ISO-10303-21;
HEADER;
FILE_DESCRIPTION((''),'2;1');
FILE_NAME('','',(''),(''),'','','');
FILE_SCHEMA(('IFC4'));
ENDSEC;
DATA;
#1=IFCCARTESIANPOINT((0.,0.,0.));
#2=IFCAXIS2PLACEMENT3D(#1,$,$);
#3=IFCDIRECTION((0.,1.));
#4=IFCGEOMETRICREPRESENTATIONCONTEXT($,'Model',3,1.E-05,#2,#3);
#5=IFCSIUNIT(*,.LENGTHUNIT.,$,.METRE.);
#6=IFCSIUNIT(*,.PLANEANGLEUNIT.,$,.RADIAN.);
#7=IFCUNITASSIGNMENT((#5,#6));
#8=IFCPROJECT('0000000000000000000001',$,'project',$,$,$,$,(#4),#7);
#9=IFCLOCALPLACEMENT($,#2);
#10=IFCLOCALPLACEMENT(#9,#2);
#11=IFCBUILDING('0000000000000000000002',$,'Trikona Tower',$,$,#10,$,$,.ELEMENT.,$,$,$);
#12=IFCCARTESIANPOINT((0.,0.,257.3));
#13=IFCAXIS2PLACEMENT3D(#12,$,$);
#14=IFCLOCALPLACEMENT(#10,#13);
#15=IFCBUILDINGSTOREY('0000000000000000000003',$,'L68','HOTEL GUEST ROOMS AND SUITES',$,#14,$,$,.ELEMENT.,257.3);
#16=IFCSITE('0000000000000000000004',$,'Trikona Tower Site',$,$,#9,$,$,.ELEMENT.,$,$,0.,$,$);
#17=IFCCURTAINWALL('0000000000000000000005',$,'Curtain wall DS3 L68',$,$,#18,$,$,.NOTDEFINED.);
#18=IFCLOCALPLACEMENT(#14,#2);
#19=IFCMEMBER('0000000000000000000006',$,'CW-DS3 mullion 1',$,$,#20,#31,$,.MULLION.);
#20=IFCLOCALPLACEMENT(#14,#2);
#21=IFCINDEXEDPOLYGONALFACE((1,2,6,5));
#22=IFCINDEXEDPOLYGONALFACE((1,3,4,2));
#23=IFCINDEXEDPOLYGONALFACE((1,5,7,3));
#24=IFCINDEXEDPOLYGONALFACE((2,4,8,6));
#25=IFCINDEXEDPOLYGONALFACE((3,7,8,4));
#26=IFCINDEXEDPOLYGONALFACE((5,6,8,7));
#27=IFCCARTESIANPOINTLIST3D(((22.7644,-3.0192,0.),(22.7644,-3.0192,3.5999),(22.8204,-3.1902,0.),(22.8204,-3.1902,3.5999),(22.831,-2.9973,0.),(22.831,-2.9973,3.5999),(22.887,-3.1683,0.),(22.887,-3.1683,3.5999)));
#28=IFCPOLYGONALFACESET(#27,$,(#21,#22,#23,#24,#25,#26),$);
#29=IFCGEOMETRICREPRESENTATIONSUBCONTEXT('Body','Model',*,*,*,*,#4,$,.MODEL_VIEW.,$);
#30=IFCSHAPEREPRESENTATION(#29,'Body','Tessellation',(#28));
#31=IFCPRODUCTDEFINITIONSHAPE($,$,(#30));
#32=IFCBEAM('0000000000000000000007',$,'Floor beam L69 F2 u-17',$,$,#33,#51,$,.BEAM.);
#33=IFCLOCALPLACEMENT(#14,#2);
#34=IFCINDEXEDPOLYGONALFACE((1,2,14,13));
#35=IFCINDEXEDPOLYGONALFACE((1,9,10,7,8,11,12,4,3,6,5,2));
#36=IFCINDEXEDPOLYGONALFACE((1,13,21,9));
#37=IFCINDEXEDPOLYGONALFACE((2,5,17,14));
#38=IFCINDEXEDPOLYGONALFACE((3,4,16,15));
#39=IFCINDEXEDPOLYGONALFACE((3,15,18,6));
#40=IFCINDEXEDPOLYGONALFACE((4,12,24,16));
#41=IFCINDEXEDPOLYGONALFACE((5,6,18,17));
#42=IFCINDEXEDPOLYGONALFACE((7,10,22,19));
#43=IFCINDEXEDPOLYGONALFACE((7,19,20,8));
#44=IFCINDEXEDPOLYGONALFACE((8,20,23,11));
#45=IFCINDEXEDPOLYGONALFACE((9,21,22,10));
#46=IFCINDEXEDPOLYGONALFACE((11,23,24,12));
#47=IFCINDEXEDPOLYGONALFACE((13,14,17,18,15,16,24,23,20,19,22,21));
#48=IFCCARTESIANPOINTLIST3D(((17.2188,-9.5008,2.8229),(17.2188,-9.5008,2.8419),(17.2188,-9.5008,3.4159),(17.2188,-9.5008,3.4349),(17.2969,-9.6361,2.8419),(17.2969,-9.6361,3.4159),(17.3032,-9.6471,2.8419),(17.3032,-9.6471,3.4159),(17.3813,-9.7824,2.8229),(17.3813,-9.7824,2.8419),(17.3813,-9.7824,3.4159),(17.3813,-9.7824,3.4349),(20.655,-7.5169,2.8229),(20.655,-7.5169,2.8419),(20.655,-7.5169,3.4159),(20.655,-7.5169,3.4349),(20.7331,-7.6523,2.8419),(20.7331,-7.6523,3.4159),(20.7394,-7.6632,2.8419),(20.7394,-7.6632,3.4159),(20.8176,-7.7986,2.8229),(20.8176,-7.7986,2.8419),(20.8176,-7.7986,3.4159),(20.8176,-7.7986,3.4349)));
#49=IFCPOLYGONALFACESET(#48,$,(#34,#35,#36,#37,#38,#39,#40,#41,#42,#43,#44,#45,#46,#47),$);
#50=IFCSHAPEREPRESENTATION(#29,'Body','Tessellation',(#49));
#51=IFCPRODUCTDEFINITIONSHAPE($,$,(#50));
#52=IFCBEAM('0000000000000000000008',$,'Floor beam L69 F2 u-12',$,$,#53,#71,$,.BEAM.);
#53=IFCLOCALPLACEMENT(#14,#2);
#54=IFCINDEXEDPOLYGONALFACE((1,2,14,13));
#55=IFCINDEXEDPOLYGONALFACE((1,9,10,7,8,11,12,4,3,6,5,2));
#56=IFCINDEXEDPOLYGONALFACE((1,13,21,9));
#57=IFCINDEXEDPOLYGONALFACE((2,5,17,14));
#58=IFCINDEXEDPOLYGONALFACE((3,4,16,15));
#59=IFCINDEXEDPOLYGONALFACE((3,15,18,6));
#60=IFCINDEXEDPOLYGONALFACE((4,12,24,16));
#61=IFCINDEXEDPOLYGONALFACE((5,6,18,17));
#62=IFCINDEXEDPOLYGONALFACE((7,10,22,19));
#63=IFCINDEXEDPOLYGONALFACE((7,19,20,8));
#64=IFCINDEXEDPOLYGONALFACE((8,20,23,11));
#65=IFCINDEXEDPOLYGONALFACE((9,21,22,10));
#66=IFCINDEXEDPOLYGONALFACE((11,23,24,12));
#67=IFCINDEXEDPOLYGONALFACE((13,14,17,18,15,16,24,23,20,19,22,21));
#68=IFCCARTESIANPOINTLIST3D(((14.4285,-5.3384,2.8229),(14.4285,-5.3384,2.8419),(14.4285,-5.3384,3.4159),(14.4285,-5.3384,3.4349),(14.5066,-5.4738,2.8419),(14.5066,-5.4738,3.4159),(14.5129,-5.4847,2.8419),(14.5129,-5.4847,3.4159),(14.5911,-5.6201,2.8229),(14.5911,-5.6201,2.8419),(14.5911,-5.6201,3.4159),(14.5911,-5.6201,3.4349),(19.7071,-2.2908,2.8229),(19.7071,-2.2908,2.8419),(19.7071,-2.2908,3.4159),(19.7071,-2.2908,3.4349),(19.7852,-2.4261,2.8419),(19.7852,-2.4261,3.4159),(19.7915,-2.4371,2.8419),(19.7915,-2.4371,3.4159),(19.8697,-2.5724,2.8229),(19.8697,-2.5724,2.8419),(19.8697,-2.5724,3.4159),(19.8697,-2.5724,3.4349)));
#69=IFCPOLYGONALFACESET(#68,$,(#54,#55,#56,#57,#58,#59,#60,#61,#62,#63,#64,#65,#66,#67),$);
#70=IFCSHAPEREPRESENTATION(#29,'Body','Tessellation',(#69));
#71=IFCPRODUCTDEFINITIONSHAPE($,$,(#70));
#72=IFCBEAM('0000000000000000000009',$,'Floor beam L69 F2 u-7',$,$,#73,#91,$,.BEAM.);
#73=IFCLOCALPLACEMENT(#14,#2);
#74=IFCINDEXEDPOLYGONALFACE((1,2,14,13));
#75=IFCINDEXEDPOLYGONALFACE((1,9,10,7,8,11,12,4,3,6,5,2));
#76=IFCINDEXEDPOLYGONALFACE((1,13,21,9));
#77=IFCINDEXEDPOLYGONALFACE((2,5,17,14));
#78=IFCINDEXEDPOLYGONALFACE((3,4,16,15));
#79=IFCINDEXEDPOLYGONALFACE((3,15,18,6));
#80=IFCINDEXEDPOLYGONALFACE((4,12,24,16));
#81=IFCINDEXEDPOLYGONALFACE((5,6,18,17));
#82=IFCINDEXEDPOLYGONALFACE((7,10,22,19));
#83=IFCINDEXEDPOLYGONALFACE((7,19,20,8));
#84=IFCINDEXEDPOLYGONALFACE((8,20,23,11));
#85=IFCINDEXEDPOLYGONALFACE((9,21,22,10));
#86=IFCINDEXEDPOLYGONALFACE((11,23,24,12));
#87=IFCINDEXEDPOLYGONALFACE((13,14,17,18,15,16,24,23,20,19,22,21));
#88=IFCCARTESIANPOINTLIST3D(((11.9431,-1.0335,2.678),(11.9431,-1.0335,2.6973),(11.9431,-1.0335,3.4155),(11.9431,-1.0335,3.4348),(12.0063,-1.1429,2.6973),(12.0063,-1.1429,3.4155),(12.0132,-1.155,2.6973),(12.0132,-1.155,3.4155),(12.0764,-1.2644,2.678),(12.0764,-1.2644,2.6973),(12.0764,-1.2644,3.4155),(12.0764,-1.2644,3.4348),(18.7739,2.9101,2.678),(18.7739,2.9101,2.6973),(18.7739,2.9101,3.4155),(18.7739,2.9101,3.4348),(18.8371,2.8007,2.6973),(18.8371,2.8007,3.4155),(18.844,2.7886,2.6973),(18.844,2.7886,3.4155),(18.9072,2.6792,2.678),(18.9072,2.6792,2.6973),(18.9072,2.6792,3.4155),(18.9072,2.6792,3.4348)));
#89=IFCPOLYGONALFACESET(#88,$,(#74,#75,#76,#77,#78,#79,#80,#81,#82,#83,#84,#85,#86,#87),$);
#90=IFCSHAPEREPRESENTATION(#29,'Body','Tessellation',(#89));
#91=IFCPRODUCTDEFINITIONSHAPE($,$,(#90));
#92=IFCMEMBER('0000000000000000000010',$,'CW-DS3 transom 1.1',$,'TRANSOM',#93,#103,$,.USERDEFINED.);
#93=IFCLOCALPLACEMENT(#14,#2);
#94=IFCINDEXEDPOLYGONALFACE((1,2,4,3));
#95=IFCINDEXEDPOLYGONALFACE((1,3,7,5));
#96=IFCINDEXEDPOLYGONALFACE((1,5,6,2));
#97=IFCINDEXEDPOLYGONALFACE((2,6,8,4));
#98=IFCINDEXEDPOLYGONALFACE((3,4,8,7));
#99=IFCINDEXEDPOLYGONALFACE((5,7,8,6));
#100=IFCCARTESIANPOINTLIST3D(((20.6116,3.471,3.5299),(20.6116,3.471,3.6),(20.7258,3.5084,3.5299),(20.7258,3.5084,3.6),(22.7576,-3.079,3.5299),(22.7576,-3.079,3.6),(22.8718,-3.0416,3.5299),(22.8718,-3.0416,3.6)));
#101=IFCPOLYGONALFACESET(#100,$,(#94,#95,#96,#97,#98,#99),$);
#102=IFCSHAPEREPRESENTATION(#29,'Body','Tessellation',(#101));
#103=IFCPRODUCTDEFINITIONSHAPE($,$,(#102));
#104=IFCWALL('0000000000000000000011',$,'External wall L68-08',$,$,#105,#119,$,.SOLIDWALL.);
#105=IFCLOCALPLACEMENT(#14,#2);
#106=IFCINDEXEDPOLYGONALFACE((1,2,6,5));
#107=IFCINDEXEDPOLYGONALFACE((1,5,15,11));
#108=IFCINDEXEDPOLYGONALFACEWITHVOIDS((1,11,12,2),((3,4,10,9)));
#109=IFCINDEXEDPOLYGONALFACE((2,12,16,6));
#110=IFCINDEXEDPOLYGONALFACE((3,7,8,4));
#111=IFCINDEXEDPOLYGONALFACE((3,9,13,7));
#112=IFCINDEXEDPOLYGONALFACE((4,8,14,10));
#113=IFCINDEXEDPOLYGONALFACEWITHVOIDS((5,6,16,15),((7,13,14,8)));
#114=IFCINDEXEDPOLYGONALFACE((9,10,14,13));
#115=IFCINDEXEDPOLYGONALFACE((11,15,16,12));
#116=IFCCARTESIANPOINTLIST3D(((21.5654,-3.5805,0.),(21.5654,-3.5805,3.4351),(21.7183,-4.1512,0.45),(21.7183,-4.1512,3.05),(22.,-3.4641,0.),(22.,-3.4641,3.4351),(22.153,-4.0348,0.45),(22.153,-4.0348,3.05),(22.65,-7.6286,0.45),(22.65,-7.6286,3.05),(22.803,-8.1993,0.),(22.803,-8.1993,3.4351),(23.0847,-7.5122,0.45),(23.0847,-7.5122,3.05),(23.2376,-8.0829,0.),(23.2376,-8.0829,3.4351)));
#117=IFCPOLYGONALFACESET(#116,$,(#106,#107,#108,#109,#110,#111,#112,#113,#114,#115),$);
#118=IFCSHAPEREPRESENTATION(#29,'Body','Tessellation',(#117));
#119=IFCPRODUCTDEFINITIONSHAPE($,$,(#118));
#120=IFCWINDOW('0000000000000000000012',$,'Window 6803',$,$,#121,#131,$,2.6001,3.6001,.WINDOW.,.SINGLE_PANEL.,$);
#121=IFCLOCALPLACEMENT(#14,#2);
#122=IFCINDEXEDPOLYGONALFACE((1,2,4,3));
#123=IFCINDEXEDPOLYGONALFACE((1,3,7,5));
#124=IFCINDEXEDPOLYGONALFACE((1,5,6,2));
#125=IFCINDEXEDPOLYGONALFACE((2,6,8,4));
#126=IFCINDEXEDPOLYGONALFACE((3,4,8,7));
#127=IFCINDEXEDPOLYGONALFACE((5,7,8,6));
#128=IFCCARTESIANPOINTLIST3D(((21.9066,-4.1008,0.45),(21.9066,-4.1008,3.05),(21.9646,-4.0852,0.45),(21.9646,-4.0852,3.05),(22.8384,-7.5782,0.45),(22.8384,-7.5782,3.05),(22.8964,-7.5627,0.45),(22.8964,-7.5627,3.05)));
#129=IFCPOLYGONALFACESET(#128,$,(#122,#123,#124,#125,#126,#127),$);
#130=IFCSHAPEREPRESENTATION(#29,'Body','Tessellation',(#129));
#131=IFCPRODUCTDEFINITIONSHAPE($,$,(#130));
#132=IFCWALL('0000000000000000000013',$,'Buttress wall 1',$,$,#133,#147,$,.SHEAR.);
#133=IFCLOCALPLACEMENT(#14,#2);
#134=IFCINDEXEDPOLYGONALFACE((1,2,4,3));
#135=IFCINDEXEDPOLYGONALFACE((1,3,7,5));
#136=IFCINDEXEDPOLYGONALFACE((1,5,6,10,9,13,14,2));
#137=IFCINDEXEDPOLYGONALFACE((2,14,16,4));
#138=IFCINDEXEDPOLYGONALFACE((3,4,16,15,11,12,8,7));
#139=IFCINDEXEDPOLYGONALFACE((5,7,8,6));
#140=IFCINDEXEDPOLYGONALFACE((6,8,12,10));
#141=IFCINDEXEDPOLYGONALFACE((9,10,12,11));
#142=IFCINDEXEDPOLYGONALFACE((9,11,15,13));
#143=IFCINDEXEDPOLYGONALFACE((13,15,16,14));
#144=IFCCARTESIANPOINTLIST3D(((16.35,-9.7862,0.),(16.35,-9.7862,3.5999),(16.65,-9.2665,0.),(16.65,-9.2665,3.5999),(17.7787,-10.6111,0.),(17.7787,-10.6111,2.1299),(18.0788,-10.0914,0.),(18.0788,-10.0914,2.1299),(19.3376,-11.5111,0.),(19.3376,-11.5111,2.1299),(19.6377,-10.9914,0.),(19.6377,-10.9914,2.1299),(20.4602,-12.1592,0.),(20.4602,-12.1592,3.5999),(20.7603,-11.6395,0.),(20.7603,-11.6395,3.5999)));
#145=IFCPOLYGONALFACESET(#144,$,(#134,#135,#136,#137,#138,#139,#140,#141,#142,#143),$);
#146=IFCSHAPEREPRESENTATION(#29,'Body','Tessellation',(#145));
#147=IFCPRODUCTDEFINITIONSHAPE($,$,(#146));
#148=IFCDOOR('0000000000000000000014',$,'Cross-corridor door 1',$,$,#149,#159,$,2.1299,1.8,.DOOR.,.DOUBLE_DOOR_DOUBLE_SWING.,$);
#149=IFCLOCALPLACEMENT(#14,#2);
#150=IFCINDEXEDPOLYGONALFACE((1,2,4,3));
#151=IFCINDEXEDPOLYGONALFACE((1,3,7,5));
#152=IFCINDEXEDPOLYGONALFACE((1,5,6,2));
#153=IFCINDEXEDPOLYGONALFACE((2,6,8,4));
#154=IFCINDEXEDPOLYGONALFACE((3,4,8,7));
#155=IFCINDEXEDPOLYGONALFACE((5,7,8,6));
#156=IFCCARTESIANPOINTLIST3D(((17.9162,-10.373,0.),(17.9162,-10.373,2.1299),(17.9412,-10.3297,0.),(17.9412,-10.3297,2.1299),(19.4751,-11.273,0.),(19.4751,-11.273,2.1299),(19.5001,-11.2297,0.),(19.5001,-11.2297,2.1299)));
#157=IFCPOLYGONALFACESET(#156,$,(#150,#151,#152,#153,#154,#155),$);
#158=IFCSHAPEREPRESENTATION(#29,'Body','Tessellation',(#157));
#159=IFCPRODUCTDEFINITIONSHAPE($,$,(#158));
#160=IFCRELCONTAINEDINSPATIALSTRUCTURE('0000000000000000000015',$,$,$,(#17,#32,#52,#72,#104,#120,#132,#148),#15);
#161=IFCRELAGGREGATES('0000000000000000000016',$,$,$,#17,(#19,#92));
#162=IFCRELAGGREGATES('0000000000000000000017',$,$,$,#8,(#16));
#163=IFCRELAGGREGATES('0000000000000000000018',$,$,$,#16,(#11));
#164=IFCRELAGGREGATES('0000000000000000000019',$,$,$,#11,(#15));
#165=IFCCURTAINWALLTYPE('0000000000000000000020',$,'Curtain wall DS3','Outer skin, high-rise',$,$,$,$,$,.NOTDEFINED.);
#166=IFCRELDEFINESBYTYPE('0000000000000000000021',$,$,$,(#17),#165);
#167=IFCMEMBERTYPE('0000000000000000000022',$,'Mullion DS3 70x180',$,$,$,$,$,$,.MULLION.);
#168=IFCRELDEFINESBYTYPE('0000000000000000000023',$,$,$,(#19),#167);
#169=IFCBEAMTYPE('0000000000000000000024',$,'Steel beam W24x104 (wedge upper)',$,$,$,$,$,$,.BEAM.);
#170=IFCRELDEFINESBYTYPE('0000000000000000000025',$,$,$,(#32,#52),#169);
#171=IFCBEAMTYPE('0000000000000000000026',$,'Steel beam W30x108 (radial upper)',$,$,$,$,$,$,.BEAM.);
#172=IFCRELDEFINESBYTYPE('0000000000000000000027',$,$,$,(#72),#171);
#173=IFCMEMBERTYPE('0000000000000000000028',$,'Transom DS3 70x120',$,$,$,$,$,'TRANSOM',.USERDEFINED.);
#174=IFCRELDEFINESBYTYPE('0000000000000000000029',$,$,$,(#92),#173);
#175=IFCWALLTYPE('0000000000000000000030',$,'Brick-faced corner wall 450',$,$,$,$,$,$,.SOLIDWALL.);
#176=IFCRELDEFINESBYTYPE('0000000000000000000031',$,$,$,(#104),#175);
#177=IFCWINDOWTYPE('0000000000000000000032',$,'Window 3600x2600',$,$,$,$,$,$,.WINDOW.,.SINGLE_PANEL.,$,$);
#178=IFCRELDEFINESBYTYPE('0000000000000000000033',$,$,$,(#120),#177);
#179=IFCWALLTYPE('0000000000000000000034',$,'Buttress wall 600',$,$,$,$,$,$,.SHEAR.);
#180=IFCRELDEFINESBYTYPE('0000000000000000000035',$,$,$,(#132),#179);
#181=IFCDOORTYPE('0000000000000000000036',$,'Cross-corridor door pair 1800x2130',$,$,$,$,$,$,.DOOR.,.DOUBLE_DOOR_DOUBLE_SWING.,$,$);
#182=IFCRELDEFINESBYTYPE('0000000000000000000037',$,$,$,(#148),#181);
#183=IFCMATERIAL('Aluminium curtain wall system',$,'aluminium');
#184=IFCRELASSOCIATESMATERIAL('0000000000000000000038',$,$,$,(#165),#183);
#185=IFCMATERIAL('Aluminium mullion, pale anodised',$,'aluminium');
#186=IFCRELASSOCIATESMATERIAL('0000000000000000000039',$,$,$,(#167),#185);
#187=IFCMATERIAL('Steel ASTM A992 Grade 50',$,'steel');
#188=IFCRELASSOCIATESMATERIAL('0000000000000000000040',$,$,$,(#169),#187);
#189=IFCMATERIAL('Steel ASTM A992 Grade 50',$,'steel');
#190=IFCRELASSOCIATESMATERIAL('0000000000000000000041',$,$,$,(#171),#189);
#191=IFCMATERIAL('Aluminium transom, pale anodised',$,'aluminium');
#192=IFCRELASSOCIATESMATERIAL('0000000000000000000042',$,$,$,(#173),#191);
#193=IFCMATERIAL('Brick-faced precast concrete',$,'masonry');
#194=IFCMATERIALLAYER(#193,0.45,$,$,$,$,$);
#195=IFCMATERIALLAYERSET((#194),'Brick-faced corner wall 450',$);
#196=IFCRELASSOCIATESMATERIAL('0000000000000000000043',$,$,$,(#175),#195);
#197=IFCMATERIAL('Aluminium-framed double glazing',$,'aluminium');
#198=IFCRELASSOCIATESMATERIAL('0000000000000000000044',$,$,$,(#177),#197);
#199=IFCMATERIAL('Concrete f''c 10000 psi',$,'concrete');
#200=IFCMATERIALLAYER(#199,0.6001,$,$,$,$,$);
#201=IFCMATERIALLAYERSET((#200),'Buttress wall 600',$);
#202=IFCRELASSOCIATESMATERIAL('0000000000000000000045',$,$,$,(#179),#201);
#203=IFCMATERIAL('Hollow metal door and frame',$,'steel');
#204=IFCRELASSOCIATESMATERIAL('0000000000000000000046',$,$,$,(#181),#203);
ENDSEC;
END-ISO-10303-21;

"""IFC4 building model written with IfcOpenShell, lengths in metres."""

from ifc_helpers import new_model, si_unit, direction, frame, frame_2d, origin, origin_2d, place, context, subcontext, project, spatial, rectangle, i_section, extrude, material, layer, layer_set, material_profile, profile_set, type_object, element, fill, aggregate, save


model = new_model("IFC4")

# Units and contexts
model_context = context("Model", 3, precision=1e-05, world=origin(), true_north=direction((0.0, 1.0)))
body_context = subcontext(model_context, "Body", "Model", "MODEL_VIEW")
ifc_project = project(units=[si_unit("LENGTHUNIT", "METRE"), si_unit("PLANEANGLEUNIT", "RADIAN")], contexts=[model_context])

# Site, building, storey
site_placement = place(None, origin())
site = spatial("IfcSite", under=ifc_project, at=site_placement, Name="Trikona Tower Site", CompositionType="ELEMENT", RefElevation=0.0)
building_placement = place(site_placement, origin())
building = spatial("IfcBuilding", under=site, at=building_placement, Name="Trikona Tower", CompositionType="ELEMENT")
storey_placement = place(building_placement, frame((0.0, 0.0, 257.3)))
storey = spatial("IfcBuildingStorey", under=building, at=storey_placement, Name="L68", Description="HOTEL GUEST ROOMS AND SUITES", CompositionType="ELEMENT", Elevation=257.3)

# Curtain wall, member
ifc_material_1 = material(Name="Aluminium curtain wall system", Category="aluminium")
curtain_wall_type = type_object("IfcCurtainWallType", Name="Curtain wall DS3", Description="Outer skin, high-rise", PredefinedType="NOTDEFINED", material=ifc_material_1)
curtain_wall_placement = place(storey_placement, origin())
curtain_wall = element("IfcCurtainWall", 1, at=curtain_wall_placement, inside=storey, type_object=curtain_wall_type, Name="Curtain wall DS3 L68", PredefinedType="NOTDEFINED")
ifc_material_2 = material(Name="Aluminium mullion, pale anodised", Category="aluminium")
ifc_material_profile_1 = material_profile(ifc_material_2, rectangle(XDim=0.0701, YDim=0.1799, at=origin_2d()), Name="MUL-DS3")
ifc_profile_set_1 = profile_set([ifc_material_profile_1], Name="Aluminium mullion, pale anodised")
member_type_1 = type_object("IfcMemberType", Name="Mullion DS3 70x180", PredefinedType="MULLION", material=ifc_profile_set_1)
member_1_placement = place(storey_placement, frame((22.8257, -3.0938, 0.0), z_axis=(0.0, 0.0, 1.0), x_axis=(-0.950297, -0.311344, 0.0)))
member_1 = element("IfcMember", 2, at=member_1_placement, type_object=member_type_1, Name="CW-DS3 mullion 1", PredefinedType="MULLION", context=body_context, shape_type="SweptSolid", body=[
    extrude(rectangle(XDim=0.0701, YDim=0.1799, at=origin_2d()), origin(), (0.0, 0.0, 1.0), 3.5999),
])

# Beams
ifc_material_3 = material(Name="Steel ASTM A992 Grade 50", Category="steel")
ifc_material_profile_2 = material_profile(ifc_material_3, i_section(OverallWidth=0.3252, OverallDepth=0.6121, WebThickness=0.0127, FlangeThickness=0.019, at=origin_2d()), Name="W24X104")
ifc_profile_set_2 = profile_set([ifc_material_profile_2], Name="Steel ASTM A992 Grade 50")
beam_type_1 = type_object("IfcBeamType", Name="Steel beam W24x104 (wedge upper)", PredefinedType="BEAM", material=ifc_profile_set_2)
beam_1_placement = place(storey_placement, frame((17.3, -9.6416, 3.1289), z_axis=(0.866031, 0.499991, 0.0), x_axis=(-0.499991, 0.866031, 0.0)))
element("IfcBeam", 3, at=beam_1_placement, inside=storey, type_object=beam_type_1, Name="Floor beam L69 F2 u-17", PredefinedType="BEAM", context=body_context, shape_type="SweptSolid", body=[
    extrude(i_section(OverallWidth=0.3252, OverallDepth=0.6121, WebThickness=0.0127, FlangeThickness=0.019, at=origin_2d()), origin(), (0.0, 0.0, 1.0), 3.9678),
])
beam_2_placement = place(storey_placement, frame((14.5098, -5.4792, 3.1289), z_axis=(0.866023, 0.500003, 0.0), x_axis=(-0.500003, 0.866023, 0.0)))
element("IfcBeam", 4, at=beam_2_placement, inside=storey, type_object=beam_type_1, Name="Floor beam L69 F2 u-12", PredefinedType="BEAM", context=body_context, shape_type="SweptSolid", body=[
    extrude(i_section(OverallWidth=0.3252, OverallDepth=0.6121, WebThickness=0.0127, FlangeThickness=0.019, at=origin_2d()), origin(), (0.0, 0.0, 1.0), 6.0952),
])
ifc_material_4 = material(Name="Steel ASTM A992 Grade 50", Category="steel")
ifc_material_profile_3 = material_profile(ifc_material_4, i_section(OverallWidth=0.2666, OverallDepth=0.7568, WebThickness=0.0139, FlangeThickness=0.0193, at=origin_2d()), Name="W30X108")
ifc_profile_set_3 = profile_set([ifc_material_profile_3], Name="Steel ASTM A992 Grade 50")
beam_type_2 = type_object("IfcBeamType", Name="Steel beam W30x108 (radial upper)", PredefinedType="BEAM", material=ifc_profile_set_3)
beam_3_placement = place(storey_placement, frame((12.0098, -1.1489, 3.0564), z_axis=(0.866035, 0.499984, 0.0), x_axis=(-0.499984, 0.866035, 0.0)))
element("IfcBeam", 5, at=beam_3_placement, inside=storey, type_object=beam_type_2, Name="Floor beam L69 F2 u-7", PredefinedType="BEAM", context=body_context, shape_type="SweptSolid", body=[
    extrude(i_section(OverallWidth=0.2666, OverallDepth=0.7568, WebThickness=0.0139, FlangeThickness=0.0193, at=origin_2d()), origin(), (0.0, 0.0, 1.0), 7.8875),
])

# Member
ifc_material_5 = material(Name="Aluminium transom, pale anodised", Category="aluminium")
ifc_material_profile_4 = material_profile(ifc_material_5, rectangle(XDim=0.1201, YDim=0.0701, at=origin_2d()), Name="TRN-DS3")
ifc_profile_set_4 = profile_set([ifc_material_profile_4], Name="Aluminium transom, pale anodised")
member_type_2 = type_object("IfcMemberType", Name="Transom DS3 70x120", ElementType="TRANSOM", PredefinedType="USERDEFINED", material=ifc_profile_set_4)
member_2_placement = place(storey_placement, frame((22.8147, -3.0603, 3.5649), z_axis=(-0.311346, 0.950297, 0.0), x_axis=(-0.950297, -0.311346, 0.0)))
member_2 = element("IfcMember", 6, at=member_2_placement, type_object=member_type_2, Name="CW-DS3 transom 1.1", ObjectType="TRANSOM", PredefinedType="USERDEFINED", context=body_context, shape_type="SweptSolid", body=[
    extrude(rectangle(XDim=0.1201, YDim=0.0701, at=origin_2d()), origin(), (0.0, 0.0, 1.0), 6.8926),
])
aggregate(curtain_wall, [member_1, member_2])

# Wall, opening, window
ifc_material_6 = material(Name="Brick-faced precast concrete", Category="masonry")
ifc_layer_1 = layer(ifc_material_6, 0.45)
ifc_layer_set_1 = layer_set([ifc_layer_1], Name="Brick-faced corner wall 450")
wall_type_1 = type_object("IfcWallType", Name="Brick-faced corner wall 450", PredefinedType="SOLIDWALL", material=ifc_layer_set_1)
wall_1_placement = place(storey_placement, frame((23.0203, -8.1411, 0.0), z_axis=(0.0, 0.0, 1.0), x_axis=(-0.258803, 0.96593, 0.0)))
wall_1 = element("IfcWall", 7, at=wall_1_placement, inside=storey, type_object=wall_type_1, Name="External wall L68-08", PredefinedType="SOLIDWALL", context=body_context, shape_type="SweptSolid", body=[
    extrude(rectangle(XDim=4.7817, YDim=0.45, at=frame_2d((2.3909, 0.0))), origin(), (0.0, 0.0, 1.0), 3.4351),
])
opening_1_placement = place(wall_1_placement, frame((0.5908, 0.0, 0.45)))
opening_1 = element("IfcOpeningElement", 8, at=opening_1_placement, cuts=wall_1, PredefinedType="OPENING", context=body_context, shape_type="SweptSolid", body=[
    extrude(rectangle(XDim=3.6001, YDim=2.6001, at=frame_2d((1.8, 1.3))), frame((0.0, 0.2349, 0.0), z_axis=(0.0, -1.0, 0.0), x_axis=(1.0, 0.0, 0.0)), (0.0, 0.0, 1.0), 0.47),
])
ifc_material_7 = material(Name="Aluminium-framed double glazing", Category="aluminium")
window_type_1 = type_object("IfcWindowType", Name="Window 3600x2600", PartitioningType="SINGLE_PANEL", PredefinedType="WINDOW", material=ifc_material_7)
window_1_placement = place(opening_1_placement, origin())
window_1 = element("IfcWindow", 9, at=window_1_placement, inside=storey, type_object=window_type_1, Name="Window 6803", OverallHeight=2.6001, OverallWidth=3.6001, PartitioningType="SINGLE_PANEL", PredefinedType="WINDOW", context=body_context, shape_type="SweptSolid", body=[
    extrude(rectangle(XDim=3.6001, YDim=2.6001, at=frame_2d((1.8, 1.3))), frame((0.0, 0.03, 0.0), z_axis=(0.0, -1.0, 0.0), x_axis=(1.0, 0.0, 0.0)), (0.0, 0.0, 1.0), 0.0601),
])
fill(opening_1, window_1)

# Wall, opening, door
ifc_material_8 = material(Name="Concrete f'c 10000 psi", Category="concrete")
ifc_layer_2 = layer(ifc_material_8, 0.6001)
ifc_layer_set_2 = layer_set([ifc_layer_2], Name="Buttress wall 600")
wall_type_2 = type_object("IfcWallType", Name="Buttress wall 600", PredefinedType="SHEAR", material=ifc_layer_set_2)
wall_2_placement = place(storey_placement, frame((16.5, -9.5264, 0.0), z_axis=(0.0, 0.0, 1.0), x_axis=(0.866031, -0.49999, 0.0)))
wall_2 = element("IfcWall", 10, at=wall_2_placement, inside=storey, type_object=wall_type_2, Name="Buttress wall 1", PredefinedType="SHEAR", context=body_context, shape_type="SweptSolid", body=[
    extrude(rectangle(XDim=4.7461, YDim=0.6001, at=frame_2d((2.373, 0.0))), origin(), (0.0, 0.0, 1.0), 3.5999),
])
opening_2_placement = place(wall_2_placement, frame((1.6499, 0.0, 0.0)))
opening_2 = element("IfcOpeningElement", 11, at=opening_2_placement, cuts=wall_2, PredefinedType="OPENING", context=body_context, shape_type="SweptSolid", body=[
    extrude(rectangle(XDim=1.8, YDim=2.1299, at=frame_2d((0.8999, 1.0649))), frame((0.0, 0.3101, 0.0), z_axis=(0.0, -1.0, 0.0), x_axis=(1.0, 0.0, 0.0)), (0.0, 0.0, 1.0), 0.6201),
])
ifc_material_9 = material(Name="Hollow metal door and frame", Category="steel")
door_type_1 = type_object("IfcDoorType", Name="Cross-corridor door pair 1800x2130", OperationType="DOUBLE_DOOR_DOUBLE_SWING", PredefinedType="DOOR", material=ifc_material_9)
door_1_placement = place(opening_2_placement, origin())
door_1 = element("IfcDoor", 12, at=door_1_placement, inside=storey, type_object=door_type_1, Name="Cross-corridor door 1", OperationType="DOUBLE_DOOR_DOUBLE_SWING", OverallHeight=2.1299, OverallWidth=1.8, PredefinedType="DOOR", context=body_context, shape_type="SweptSolid", body=[
    extrude(rectangle(XDim=1.8, YDim=2.1299, at=frame_2d((0.8999, 1.0649))), frame((0.0, 0.0249, 0.0), z_axis=(0.0, -1.0, 0.0), x_axis=(1.0, 0.0, 0.0)), (0.0, 0.0, 1.0), 0.05),
])
fill(opening_2, door_1)

save(model, "model.ifc")
